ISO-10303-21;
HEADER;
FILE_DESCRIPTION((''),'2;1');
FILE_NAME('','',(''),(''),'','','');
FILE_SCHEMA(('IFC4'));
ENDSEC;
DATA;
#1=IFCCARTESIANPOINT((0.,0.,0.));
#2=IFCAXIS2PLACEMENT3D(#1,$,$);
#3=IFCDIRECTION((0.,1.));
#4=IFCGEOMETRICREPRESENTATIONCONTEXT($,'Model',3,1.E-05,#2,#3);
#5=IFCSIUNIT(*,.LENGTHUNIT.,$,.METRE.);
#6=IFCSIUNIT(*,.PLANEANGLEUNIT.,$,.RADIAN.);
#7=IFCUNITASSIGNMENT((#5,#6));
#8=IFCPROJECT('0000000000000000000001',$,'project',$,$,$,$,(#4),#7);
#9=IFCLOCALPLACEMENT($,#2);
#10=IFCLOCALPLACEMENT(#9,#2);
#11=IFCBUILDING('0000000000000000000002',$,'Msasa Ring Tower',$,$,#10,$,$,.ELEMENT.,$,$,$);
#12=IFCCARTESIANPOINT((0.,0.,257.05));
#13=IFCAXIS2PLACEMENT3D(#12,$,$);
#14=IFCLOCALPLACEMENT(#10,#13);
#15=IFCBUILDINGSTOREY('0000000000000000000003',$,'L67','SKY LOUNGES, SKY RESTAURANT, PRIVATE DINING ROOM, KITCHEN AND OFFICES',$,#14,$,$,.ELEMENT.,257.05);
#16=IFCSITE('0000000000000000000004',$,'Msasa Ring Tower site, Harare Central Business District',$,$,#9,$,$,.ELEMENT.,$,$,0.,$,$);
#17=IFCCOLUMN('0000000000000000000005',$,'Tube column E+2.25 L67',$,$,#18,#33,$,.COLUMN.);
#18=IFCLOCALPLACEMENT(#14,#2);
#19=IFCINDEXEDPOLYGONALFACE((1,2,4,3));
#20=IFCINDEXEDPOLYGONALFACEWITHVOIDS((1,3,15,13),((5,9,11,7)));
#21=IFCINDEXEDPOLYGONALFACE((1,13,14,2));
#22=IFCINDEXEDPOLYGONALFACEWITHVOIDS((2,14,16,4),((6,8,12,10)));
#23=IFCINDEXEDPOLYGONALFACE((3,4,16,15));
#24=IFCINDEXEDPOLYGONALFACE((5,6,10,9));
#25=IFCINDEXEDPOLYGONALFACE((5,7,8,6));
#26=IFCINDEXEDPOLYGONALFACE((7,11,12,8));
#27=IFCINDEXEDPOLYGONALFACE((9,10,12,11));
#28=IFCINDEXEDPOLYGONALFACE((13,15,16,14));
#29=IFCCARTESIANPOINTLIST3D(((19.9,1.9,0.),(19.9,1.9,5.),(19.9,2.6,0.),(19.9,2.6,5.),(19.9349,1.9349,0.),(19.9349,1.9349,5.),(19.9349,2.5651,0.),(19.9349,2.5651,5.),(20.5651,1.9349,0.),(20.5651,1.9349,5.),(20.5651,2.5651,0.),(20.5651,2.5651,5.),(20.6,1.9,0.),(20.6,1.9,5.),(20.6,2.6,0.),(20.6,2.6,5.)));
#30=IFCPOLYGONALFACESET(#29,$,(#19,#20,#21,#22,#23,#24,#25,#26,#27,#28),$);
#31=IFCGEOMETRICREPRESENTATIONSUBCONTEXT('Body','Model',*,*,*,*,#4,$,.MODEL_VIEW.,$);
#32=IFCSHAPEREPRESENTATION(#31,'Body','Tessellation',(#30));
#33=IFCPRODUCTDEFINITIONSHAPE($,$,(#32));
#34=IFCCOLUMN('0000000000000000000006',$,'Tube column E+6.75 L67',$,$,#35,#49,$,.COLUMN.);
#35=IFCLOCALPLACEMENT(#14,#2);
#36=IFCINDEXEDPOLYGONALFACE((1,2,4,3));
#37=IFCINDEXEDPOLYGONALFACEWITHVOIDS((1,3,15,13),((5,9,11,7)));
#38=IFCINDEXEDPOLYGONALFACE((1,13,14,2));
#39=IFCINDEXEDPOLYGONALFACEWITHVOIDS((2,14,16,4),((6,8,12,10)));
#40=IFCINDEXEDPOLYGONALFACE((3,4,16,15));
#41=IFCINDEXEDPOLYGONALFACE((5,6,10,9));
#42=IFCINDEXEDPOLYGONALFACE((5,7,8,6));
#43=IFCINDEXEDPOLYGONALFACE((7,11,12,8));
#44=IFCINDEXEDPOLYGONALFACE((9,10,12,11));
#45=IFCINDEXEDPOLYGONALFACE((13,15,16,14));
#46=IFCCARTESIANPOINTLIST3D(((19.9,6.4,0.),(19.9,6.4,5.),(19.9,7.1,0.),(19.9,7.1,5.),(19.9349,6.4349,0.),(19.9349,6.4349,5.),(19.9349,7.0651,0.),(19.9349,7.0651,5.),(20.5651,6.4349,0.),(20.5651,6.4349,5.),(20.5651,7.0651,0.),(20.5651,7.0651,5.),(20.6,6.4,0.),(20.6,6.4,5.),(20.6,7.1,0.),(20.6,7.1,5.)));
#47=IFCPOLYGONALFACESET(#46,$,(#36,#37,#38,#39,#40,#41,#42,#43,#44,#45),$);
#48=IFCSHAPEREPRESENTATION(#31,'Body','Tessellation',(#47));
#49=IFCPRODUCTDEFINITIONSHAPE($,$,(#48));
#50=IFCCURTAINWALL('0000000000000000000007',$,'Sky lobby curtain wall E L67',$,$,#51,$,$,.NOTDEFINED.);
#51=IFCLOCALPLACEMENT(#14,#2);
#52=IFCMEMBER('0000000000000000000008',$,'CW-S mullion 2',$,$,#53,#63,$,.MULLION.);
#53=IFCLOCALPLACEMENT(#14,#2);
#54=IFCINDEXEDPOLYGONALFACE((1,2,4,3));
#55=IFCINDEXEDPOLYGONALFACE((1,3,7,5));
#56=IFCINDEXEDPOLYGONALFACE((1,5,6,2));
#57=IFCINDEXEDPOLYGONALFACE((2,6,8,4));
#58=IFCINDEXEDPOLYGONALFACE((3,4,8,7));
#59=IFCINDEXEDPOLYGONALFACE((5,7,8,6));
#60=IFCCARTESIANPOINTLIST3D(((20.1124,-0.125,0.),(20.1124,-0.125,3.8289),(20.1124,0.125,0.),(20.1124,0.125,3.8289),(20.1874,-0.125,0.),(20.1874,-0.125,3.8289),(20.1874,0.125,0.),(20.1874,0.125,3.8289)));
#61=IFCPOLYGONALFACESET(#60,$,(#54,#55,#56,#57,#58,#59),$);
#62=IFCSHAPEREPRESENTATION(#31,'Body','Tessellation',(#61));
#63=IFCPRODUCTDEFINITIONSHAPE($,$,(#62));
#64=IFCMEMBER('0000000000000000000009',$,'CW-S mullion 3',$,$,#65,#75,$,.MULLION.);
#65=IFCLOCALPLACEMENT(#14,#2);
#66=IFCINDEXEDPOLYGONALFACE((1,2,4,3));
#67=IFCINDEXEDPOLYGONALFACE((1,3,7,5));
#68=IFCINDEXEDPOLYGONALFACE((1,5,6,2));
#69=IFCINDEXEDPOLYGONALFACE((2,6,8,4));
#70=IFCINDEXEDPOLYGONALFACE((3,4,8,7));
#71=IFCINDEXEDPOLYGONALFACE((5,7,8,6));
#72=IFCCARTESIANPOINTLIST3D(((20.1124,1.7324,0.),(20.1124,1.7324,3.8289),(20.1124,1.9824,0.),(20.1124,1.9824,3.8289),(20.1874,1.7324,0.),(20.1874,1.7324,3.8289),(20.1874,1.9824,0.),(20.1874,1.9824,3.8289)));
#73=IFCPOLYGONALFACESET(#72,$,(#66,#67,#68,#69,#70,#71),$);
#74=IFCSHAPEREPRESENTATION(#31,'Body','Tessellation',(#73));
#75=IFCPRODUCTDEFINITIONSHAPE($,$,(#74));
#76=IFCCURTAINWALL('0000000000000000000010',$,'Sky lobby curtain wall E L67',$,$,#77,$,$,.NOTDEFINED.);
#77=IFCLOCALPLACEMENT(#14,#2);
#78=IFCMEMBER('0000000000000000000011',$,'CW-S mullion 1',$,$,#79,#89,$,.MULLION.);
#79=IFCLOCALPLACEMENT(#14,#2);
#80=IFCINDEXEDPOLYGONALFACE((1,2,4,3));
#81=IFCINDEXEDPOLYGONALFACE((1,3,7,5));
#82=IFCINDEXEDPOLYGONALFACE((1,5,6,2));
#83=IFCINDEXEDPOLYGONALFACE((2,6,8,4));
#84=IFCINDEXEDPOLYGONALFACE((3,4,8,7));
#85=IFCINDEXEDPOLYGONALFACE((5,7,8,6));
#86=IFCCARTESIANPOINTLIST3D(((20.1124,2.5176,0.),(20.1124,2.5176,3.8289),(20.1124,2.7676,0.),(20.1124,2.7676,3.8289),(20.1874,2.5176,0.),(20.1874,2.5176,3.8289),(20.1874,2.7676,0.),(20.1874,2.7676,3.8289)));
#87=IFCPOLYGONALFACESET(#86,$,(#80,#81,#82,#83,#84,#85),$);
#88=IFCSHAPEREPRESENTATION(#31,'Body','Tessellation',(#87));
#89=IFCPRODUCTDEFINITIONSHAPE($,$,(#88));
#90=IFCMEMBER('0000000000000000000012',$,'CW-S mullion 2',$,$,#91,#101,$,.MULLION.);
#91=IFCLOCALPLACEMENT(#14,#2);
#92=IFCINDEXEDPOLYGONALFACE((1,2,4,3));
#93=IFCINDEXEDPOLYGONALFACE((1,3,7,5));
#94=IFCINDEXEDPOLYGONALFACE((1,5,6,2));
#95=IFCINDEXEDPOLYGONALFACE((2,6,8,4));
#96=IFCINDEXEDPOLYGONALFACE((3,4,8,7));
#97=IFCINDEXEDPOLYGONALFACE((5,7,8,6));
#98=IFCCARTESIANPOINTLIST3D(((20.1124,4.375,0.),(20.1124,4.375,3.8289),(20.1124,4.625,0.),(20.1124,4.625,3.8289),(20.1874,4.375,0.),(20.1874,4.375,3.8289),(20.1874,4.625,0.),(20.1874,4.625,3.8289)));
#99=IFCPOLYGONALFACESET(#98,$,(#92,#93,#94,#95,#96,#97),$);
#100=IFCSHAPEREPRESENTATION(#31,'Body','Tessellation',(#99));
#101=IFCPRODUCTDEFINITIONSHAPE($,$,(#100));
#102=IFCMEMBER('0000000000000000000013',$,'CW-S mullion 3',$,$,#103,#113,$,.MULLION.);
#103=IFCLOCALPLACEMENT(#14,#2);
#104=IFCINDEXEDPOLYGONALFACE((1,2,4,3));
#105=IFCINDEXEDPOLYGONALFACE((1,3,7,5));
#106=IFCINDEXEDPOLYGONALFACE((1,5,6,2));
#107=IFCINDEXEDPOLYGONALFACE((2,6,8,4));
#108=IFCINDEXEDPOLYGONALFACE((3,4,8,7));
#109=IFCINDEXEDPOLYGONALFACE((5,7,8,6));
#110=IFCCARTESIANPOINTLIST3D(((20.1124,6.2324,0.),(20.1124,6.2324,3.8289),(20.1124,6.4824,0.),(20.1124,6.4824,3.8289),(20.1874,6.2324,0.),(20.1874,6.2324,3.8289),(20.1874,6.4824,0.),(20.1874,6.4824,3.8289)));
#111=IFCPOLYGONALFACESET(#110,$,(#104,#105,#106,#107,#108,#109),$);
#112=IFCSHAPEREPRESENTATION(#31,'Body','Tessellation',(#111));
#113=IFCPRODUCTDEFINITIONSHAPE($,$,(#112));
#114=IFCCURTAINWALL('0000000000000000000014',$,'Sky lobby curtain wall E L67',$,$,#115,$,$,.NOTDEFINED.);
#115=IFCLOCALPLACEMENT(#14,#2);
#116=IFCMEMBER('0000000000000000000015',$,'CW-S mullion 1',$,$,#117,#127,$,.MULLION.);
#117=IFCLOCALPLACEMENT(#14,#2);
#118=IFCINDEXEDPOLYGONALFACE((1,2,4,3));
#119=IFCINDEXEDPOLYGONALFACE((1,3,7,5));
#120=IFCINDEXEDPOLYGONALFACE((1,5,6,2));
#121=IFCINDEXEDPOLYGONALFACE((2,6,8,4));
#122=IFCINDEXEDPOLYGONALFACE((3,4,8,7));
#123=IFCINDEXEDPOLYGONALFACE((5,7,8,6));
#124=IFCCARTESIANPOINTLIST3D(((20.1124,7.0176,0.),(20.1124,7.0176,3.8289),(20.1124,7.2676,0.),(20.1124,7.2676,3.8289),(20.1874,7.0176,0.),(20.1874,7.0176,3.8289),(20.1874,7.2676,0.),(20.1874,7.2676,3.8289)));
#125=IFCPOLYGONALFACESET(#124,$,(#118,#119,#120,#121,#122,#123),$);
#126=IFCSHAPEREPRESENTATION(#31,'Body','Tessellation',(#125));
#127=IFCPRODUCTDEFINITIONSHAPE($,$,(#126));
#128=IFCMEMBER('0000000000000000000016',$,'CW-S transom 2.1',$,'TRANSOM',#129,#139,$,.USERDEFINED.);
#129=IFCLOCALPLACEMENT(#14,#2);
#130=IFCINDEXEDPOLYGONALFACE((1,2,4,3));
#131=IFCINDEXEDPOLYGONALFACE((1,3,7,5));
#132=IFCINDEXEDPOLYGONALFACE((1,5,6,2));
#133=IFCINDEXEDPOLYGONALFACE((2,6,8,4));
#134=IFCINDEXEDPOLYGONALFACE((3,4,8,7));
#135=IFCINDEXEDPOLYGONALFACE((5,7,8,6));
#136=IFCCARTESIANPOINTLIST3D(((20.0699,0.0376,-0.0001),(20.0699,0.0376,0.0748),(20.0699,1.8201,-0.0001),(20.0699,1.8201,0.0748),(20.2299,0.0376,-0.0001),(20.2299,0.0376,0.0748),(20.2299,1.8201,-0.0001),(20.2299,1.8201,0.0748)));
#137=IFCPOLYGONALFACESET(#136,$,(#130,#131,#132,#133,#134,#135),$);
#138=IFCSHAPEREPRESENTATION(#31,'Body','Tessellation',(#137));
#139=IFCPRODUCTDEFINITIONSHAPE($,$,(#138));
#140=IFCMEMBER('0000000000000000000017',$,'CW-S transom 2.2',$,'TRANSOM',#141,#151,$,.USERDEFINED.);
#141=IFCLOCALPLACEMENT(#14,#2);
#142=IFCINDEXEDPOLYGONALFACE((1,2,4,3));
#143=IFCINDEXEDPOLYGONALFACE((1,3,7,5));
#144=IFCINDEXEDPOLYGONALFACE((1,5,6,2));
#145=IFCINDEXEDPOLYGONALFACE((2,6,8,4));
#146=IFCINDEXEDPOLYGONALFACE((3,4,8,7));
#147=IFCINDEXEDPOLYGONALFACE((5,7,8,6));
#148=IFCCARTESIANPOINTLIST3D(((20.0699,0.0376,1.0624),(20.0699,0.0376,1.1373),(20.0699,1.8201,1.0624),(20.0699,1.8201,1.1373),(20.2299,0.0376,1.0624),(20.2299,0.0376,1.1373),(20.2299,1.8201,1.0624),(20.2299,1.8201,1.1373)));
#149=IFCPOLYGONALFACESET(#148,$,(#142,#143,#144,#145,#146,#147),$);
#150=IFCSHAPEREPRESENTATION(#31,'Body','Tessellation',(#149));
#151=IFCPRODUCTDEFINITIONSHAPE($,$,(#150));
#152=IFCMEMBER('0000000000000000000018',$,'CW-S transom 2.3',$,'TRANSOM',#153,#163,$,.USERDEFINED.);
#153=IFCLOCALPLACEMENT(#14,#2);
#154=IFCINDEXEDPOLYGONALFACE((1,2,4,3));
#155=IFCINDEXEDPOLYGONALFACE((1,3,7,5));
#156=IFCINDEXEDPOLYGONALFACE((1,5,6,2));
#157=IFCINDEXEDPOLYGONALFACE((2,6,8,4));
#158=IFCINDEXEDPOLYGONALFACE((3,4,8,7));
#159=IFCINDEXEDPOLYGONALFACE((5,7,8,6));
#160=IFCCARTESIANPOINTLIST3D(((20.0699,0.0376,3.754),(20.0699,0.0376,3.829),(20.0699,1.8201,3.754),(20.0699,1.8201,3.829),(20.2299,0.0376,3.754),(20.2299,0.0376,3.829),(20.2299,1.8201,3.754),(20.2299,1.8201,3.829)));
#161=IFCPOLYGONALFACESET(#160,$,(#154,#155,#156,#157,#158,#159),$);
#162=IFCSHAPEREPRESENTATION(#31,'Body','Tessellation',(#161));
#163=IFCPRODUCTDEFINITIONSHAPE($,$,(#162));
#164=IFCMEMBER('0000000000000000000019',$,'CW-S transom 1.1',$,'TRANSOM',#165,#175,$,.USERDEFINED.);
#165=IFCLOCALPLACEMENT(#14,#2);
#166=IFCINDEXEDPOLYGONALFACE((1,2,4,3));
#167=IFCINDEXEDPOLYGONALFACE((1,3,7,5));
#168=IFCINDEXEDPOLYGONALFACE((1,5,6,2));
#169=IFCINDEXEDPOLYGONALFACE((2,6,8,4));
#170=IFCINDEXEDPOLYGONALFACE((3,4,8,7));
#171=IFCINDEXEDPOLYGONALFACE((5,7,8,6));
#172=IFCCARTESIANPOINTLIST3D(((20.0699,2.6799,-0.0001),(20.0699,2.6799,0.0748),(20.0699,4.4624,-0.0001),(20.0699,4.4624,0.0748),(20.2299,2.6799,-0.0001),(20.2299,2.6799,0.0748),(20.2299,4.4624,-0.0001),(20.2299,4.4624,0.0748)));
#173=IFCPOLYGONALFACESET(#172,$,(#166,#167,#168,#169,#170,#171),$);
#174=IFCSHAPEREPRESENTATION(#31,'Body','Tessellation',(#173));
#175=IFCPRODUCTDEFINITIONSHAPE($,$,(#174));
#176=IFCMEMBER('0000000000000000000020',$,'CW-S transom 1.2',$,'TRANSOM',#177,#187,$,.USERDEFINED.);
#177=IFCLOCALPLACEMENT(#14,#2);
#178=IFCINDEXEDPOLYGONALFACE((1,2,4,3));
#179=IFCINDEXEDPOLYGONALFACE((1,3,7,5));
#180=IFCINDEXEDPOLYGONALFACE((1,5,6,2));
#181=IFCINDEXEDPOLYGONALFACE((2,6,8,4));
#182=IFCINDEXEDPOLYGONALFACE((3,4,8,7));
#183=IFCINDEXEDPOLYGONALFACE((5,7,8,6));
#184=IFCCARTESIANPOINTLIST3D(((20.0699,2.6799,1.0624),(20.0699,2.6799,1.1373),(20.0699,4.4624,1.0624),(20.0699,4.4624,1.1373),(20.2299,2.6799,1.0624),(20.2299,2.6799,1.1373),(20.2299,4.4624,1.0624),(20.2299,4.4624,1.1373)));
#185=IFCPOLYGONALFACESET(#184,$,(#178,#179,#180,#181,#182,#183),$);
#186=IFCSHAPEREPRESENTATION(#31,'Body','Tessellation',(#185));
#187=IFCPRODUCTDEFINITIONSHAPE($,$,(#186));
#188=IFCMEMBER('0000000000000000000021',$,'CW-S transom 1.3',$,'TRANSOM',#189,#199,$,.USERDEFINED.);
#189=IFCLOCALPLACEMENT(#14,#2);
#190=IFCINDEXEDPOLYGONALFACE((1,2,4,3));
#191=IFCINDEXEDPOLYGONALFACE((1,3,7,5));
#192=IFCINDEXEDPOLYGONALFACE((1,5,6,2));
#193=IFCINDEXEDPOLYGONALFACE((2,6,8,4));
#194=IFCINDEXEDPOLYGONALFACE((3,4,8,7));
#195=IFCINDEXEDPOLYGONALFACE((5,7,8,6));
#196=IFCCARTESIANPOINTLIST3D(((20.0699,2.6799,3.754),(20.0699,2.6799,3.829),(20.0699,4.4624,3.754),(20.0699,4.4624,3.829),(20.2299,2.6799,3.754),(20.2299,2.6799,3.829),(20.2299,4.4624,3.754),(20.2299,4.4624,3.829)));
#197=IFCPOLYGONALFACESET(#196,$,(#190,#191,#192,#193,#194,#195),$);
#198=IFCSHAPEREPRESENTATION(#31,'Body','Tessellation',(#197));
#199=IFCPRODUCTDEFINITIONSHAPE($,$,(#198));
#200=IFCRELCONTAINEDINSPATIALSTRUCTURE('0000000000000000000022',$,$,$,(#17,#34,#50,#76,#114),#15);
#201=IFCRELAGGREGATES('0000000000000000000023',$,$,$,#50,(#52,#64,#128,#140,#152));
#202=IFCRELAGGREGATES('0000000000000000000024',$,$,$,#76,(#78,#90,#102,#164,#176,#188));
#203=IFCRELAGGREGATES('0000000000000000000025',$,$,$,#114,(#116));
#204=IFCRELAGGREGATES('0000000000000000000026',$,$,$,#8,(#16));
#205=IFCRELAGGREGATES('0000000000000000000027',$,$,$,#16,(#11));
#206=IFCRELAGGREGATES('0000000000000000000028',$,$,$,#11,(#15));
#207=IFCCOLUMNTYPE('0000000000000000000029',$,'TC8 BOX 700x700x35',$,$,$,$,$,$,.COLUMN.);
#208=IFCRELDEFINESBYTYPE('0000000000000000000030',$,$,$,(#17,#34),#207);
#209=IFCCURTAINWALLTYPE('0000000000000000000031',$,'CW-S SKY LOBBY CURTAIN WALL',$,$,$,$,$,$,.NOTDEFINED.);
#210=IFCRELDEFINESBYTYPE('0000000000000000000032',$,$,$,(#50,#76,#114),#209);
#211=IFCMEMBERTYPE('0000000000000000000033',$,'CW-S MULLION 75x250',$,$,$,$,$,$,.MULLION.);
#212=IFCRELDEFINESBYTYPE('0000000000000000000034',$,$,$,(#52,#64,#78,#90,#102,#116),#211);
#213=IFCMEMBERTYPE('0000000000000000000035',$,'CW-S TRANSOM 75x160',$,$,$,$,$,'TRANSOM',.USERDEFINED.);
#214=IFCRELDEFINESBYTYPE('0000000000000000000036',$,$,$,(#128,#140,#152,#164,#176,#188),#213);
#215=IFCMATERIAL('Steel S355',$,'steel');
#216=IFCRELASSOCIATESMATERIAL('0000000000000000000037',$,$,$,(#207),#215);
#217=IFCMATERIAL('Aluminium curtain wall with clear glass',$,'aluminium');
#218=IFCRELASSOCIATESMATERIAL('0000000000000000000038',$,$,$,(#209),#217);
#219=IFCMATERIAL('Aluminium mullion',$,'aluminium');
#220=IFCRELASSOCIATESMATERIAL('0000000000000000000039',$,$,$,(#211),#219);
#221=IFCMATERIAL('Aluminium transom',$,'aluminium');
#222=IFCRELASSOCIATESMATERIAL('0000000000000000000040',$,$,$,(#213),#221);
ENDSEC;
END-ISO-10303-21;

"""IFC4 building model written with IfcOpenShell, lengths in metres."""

from ifc_helpers import new_model, si_unit, direction, frame, origin, origin_2d, place, context, subcontext, project, spatial, rectangle, hollow_rectangle, extrude, material, material_profile, profile_set, type_object, element, aggregate, save


model = new_model("IFC4")

# Units and contexts
model_context = context("Model", 3, precision=1e-05, world=origin(), true_north=direction((0.0, 1.0)))
body_context = subcontext(model_context, "Body", "Model", "MODEL_VIEW")
ifc_project = project(units=[si_unit("LENGTHUNIT", "METRE"), si_unit("PLANEANGLEUNIT", "RADIAN")], contexts=[model_context])

# Site, building, storey
site_placement = place(None, origin())
site = spatial("IfcSite", under=ifc_project, at=site_placement, Name="Msasa Ring Tower site, Harare Central Business District", CompositionType="ELEMENT", RefElevation=0.0)
building_placement = place(site_placement, origin())
building = spatial("IfcBuilding", under=site, at=building_placement, Name="Msasa Ring Tower", CompositionType="ELEMENT")
storey_placement = place(building_placement, frame((0.0, 0.0, 257.05)))
storey = spatial("IfcBuildingStorey", under=building, at=storey_placement, Name="L67", Description="SKY LOUNGES, SKY RESTAURANT, PRIVATE DINING ROOM, KITCHEN AND OFFICES", CompositionType="ELEMENT", Elevation=257.05)

# Columns
ifc_material_1 = material(Name="Steel S355", Category="steel")
ifc_material_profile_1 = material_profile(ifc_material_1, hollow_rectangle(XDim=0.7, YDim=0.7, WallThickness=0.0349, at=origin_2d()), Name="BOX 700x700x35")
ifc_profile_set_1 = profile_set([ifc_material_profile_1], Name="Steel S355")
column_type = type_object("IfcColumnType", Name="TC8 BOX 700x700x35", PredefinedType="COLUMN", material=ifc_profile_set_1)
for number, where, z_axis, x_axis, name in (
    (1, (20.25, 2.25, 0.0), (0.0, 0.0, 1.0), (1.0, 0.0, 0.0), "Tube column E+2.25 L67"),
    (2, (20.25, 6.75, 0.0), (0.0, 0.0, 1.0), (1.0, 0.0, 0.0), "Tube column E+6.75 L67"),
):
    element("IfcColumn", number, at=place(storey_placement, frame(where, z_axis=z_axis, x_axis=x_axis)), inside=storey, type_object=column_type, Name=name, PredefinedType="COLUMN", context=body_context, shape_type="SweptSolid", body=[
        extrude(hollow_rectangle(XDim=0.7, YDim=0.7, WallThickness=0.0349, at=origin_2d()), origin(), (0.0, 0.0, 1.0), 5.0),
    ])

# Curtain walls, members
ifc_material_2 = material(Name="Aluminium curtain wall with clear glass", Category="aluminium")
curtain_wall_type = type_object("IfcCurtainWallType", Name="CW-S SKY LOBBY CURTAIN WALL", PredefinedType="NOTDEFINED", material=ifc_material_2)
curtain_wall_1_placement = place(storey_placement, origin())
curtain_wall_1 = element("IfcCurtainWall", 3, at=curtain_wall_1_placement, inside=storey, type_object=curtain_wall_type, Name="Sky lobby curtain wall E L67", PredefinedType="NOTDEFINED")
ifc_material_3 = material(Name="Aluminium mullion", Category="aluminium")
ifc_material_profile_2 = material_profile(ifc_material_3, rectangle(XDim=0.075, YDim=0.25, at=origin_2d()), Name="AL 75x250")
ifc_profile_set_2 = profile_set([ifc_material_profile_2], Name="Aluminium mullion")
member_type_1 = type_object("IfcMemberType", Name="CW-S MULLION 75x250", PredefinedType="MULLION", material=ifc_profile_set_2)
member_1_placement = place(storey_placement, frame((20.1499, 0.0, 0.0), z_axis=(0.0, 0.0, 1.0), x_axis=(-1.0, 0.0, 0.0)))
member_1 = element("IfcMember", 4, at=member_1_placement, type_object=member_type_1, Name="CW-S mullion 2", PredefinedType="MULLION", context=body_context, shape_type="SweptSolid", body=[
    extrude(rectangle(XDim=0.075, YDim=0.25, at=origin_2d()), origin(), (0.0, 0.0, 1.0), 3.8289),
])
member_2_placement = place(storey_placement, frame((20.1499, 1.8574, 0.0), z_axis=(0.0, 0.0, 1.0), x_axis=(-1.0, 0.0, 0.0)))
member_2 = element("IfcMember", 5, at=member_2_placement, type_object=member_type_1, Name="CW-S mullion 3", PredefinedType="MULLION", context=body_context, shape_type="SweptSolid", body=[
    extrude(rectangle(XDim=0.075, YDim=0.25, at=origin_2d()), origin(), (0.0, 0.0, 1.0), 3.8289),
])
curtain_wall_2_placement = place(storey_placement, origin())
curtain_wall_2 = element("IfcCurtainWall", 6, at=curtain_wall_2_placement, inside=storey, type_object=curtain_wall_type, Name="Sky lobby curtain wall E L67", PredefinedType="NOTDEFINED")
member_3_placement = place(storey_placement, frame((20.1499, 2.6426, 0.0), z_axis=(0.0, 0.0, 1.0), x_axis=(-1.0, 0.0, 0.0)))
member_3 = element("IfcMember", 7, at=member_3_placement, type_object=member_type_1, Name="CW-S mullion 1", PredefinedType="MULLION", context=body_context, shape_type="SweptSolid", body=[
    extrude(rectangle(XDim=0.075, YDim=0.25, at=origin_2d()), origin(), (0.0, 0.0, 1.0), 3.8289),
])
member_4_placement = place(storey_placement, frame((20.1499, 4.5, 0.0), z_axis=(0.0, 0.0, 1.0), x_axis=(-1.0, 0.0, 0.0)))
member_4 = element("IfcMember", 8, at=member_4_placement, type_object=member_type_1, Name="CW-S mullion 2", PredefinedType="MULLION", context=body_context, shape_type="SweptSolid", body=[
    extrude(rectangle(XDim=0.075, YDim=0.25, at=origin_2d()), origin(), (0.0, 0.0, 1.0), 3.8289),
])
member_5_placement = place(storey_placement, frame((20.1499, 6.3574, 0.0), z_axis=(0.0, 0.0, 1.0), x_axis=(-1.0, 0.0, 0.0)))
member_5 = element("IfcMember", 9, at=member_5_placement, type_object=member_type_1, Name="CW-S mullion 3", PredefinedType="MULLION", context=body_context, shape_type="SweptSolid", body=[
    extrude(rectangle(XDim=0.075, YDim=0.25, at=origin_2d()), origin(), (0.0, 0.0, 1.0), 3.8289),
])

# Curtain wall, member
curtain_wall_3_placement = place(storey_placement, origin())
curtain_wall_3 = element("IfcCurtainWall", 10, at=curtain_wall_3_placement, inside=storey, type_object=curtain_wall_type, Name="Sky lobby curtain wall E L67", PredefinedType="NOTDEFINED")
member_6_placement = place(storey_placement, frame((20.1499, 7.1426, 0.0), z_axis=(0.0, 0.0, 1.0), x_axis=(-1.0, 0.0, 0.0)))
member_6 = element("IfcMember", 11, at=member_6_placement, type_object=member_type_1, Name="CW-S mullion 1", PredefinedType="MULLION", context=body_context, shape_type="SweptSolid", body=[
    extrude(rectangle(XDim=0.075, YDim=0.25, at=origin_2d()), origin(), (0.0, 0.0, 1.0), 3.8289),
])

# Members
ifc_material_4 = material(Name="Aluminium transom", Category="aluminium")
ifc_material_profile_3 = material_profile(ifc_material_4, rectangle(XDim=0.1599, YDim=0.075, at=origin_2d()), Name="AL 75x160")
ifc_profile_set_3 = profile_set([ifc_material_profile_3], Name="Aluminium transom")
member_type_2 = type_object("IfcMemberType", Name="CW-S TRANSOM 75x160", ElementType="TRANSOM", PredefinedType="USERDEFINED", material=ifc_profile_set_3)
member_7_placement = place(storey_placement, frame((20.1499, 0.0376, 0.0374), z_axis=(0.0, 1.0, 0.0), x_axis=(-1.0, 0.0, 0.0)))
member_7 = element("IfcMember", 12, at=member_7_placement, type_object=member_type_2, Name="CW-S transom 2.1", ObjectType="TRANSOM", PredefinedType="USERDEFINED", context=body_context, shape_type="SweptSolid", body=[
    extrude(rectangle(XDim=0.1599, YDim=0.075, at=origin_2d()), origin(), (0.0, 0.0, 1.0), 1.7825),
])
member_8_placement = place(storey_placement, frame((20.1499, 0.0376, 1.0999), z_axis=(0.0, 1.0, 0.0), x_axis=(-1.0, 0.0, 0.0)))
member_8 = element("IfcMember", 13, at=member_8_placement, type_object=member_type_2, Name="CW-S transom 2.2", ObjectType="TRANSOM", PredefinedType="USERDEFINED", context=body_context, shape_type="SweptSolid", body=[
    extrude(rectangle(XDim=0.1599, YDim=0.075, at=origin_2d()), origin(), (0.0, 0.0, 1.0), 1.7825),
])
member_9_placement = place(storey_placement, frame((20.1499, 0.0376, 3.7915), z_axis=(0.0, 1.0, 0.0), x_axis=(-1.0, 0.0, 0.0)))
member_9 = element("IfcMember", 14, at=member_9_placement, type_object=member_type_2, Name="CW-S transom 2.3", ObjectType="TRANSOM", PredefinedType="USERDEFINED", context=body_context, shape_type="SweptSolid", body=[
    extrude(rectangle(XDim=0.1599, YDim=0.075, at=origin_2d()), origin(), (0.0, 0.0, 1.0), 1.7825),
])
member_10_placement = place(storey_placement, frame((20.1499, 2.6799, 0.0374), z_axis=(0.0, 1.0, 0.0), x_axis=(-1.0, 0.0, 0.0)))
member_10 = element("IfcMember", 15, at=member_10_placement, type_object=member_type_2, Name="CW-S transom 1.1", ObjectType="TRANSOM", PredefinedType="USERDEFINED", context=body_context, shape_type="SweptSolid", body=[
    extrude(rectangle(XDim=0.1599, YDim=0.075, at=origin_2d()), origin(), (0.0, 0.0, 1.0), 1.7825),
])
member_11_placement = place(storey_placement, frame((20.1499, 2.6799, 1.0999), z_axis=(0.0, 1.0, 0.0), x_axis=(-1.0, 0.0, 0.0)))
member_11 = element("IfcMember", 16, at=member_11_placement, type_object=member_type_2, Name="CW-S transom 1.2", ObjectType="TRANSOM", PredefinedType="USERDEFINED", context=body_context, shape_type="SweptSolid", body=[
    extrude(rectangle(XDim=0.1599, YDim=0.075, at=origin_2d()), origin(), (0.0, 0.0, 1.0), 1.7825),
])
member_12_placement = place(storey_placement, frame((20.1499, 2.6799, 3.7915), z_axis=(0.0, 1.0, 0.0), x_axis=(-1.0, 0.0, 0.0)))
member_12 = element("IfcMember", 17, at=member_12_placement, type_object=member_type_2, Name="CW-S transom 1.3", ObjectType="TRANSOM", PredefinedType="USERDEFINED", context=body_context, shape_type="SweptSolid", body=[
    extrude(rectangle(XDim=0.1599, YDim=0.075, at=origin_2d()), origin(), (0.0, 0.0, 1.0), 1.7825),
])

aggregate(curtain_wall_1, [member_1, member_2, member_7, member_8, member_9])
aggregate(curtain_wall_2, [member_3, member_4, member_5, member_10, member_11, member_12])
aggregate(curtain_wall_3, [member_6])

save(model, "model.ifc")
